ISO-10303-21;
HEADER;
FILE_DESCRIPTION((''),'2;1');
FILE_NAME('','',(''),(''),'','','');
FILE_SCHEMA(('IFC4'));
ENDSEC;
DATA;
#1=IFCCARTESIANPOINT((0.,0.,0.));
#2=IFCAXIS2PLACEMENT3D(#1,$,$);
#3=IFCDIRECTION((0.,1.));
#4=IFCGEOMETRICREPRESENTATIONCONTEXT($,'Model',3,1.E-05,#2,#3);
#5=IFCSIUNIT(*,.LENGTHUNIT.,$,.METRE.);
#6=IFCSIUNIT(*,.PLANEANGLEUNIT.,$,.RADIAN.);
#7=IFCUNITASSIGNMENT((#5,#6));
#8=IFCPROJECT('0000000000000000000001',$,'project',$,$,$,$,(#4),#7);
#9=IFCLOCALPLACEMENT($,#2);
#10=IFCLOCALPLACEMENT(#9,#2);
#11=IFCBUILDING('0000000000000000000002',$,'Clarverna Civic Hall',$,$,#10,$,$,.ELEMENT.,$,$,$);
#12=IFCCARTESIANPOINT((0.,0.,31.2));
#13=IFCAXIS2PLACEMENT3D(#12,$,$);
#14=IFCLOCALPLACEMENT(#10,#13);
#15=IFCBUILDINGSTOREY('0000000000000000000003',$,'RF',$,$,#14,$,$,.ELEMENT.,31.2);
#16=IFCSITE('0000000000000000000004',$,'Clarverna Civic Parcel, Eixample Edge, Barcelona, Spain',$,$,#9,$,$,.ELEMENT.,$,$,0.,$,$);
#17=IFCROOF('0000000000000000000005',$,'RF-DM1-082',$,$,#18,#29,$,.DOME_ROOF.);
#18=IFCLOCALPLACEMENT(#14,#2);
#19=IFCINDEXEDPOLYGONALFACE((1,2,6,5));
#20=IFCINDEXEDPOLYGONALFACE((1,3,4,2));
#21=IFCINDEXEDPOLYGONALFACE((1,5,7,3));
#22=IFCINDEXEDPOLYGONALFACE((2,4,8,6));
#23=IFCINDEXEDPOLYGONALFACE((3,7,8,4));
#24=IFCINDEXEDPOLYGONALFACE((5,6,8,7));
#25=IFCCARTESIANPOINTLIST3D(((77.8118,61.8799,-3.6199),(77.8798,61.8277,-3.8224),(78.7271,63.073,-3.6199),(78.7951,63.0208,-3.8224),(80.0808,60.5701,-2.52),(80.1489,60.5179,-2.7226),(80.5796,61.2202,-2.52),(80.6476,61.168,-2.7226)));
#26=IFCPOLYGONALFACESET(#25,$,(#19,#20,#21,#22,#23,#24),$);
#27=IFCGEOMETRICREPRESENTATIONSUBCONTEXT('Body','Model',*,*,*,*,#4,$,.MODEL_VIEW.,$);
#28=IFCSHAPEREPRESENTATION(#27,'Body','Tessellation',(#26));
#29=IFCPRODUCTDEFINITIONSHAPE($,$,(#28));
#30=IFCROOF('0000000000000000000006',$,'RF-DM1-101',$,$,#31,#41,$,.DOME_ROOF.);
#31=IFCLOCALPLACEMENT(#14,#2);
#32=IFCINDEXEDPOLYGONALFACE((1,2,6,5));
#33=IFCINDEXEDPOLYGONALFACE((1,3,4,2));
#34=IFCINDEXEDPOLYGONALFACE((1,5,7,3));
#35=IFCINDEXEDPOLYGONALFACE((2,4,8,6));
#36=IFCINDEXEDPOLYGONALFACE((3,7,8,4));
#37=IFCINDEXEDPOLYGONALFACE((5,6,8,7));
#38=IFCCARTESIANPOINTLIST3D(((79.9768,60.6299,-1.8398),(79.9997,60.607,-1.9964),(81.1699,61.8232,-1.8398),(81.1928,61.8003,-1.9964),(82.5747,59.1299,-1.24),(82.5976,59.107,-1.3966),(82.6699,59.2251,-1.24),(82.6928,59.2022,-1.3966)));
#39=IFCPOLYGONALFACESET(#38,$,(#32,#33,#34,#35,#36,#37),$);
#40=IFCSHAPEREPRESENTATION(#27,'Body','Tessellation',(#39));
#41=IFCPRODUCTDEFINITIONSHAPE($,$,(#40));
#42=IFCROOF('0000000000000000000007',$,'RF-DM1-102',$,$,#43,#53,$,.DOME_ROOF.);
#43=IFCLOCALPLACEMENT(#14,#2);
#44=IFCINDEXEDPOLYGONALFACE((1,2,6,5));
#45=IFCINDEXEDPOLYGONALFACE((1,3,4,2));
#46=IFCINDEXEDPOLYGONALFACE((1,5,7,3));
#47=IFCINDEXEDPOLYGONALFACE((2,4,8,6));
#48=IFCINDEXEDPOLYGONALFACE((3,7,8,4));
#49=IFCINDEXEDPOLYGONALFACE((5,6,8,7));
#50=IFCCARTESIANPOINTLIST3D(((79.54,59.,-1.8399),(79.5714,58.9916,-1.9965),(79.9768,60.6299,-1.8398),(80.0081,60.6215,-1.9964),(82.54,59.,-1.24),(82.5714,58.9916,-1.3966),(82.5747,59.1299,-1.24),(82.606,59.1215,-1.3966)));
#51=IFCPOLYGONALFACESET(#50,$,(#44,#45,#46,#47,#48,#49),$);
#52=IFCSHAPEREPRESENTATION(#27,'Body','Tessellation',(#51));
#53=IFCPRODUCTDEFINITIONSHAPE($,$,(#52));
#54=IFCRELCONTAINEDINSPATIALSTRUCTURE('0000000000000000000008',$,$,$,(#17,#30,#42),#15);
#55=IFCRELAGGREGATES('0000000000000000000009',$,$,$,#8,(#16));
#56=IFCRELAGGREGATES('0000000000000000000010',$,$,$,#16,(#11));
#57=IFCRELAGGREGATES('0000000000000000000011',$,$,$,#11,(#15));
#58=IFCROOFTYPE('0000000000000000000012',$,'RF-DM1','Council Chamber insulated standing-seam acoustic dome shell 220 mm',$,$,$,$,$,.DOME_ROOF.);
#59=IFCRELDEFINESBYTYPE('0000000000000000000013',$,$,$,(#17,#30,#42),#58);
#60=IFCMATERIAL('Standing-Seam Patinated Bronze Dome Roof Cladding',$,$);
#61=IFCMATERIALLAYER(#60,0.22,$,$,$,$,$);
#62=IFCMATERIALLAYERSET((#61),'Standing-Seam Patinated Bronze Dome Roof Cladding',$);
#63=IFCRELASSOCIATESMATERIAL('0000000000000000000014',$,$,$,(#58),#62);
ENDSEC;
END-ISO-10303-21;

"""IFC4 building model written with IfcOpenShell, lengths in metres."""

from ifc_helpers import new_model, si_unit, direction, frame, origin, place, context, subcontext, project, spatial, polyline, outline, extrude, material, layer, layer_set, type_object, element, save


model = new_model("IFC4")

# Units and contexts
model_context = context("Model", 3, precision=1e-05, world=origin(), true_north=direction((0.0, 1.0)))
body_context = subcontext(model_context, "Body", "Model", "MODEL_VIEW")
ifc_project = project(units=[si_unit("LENGTHUNIT", "METRE"), si_unit("PLANEANGLEUNIT", "RADIAN")], contexts=[model_context])

# Site, building, storey
site_placement = place(None, origin())
site = spatial("IfcSite", under=ifc_project, at=site_placement, Name="Clarverna Civic Parcel, Eixample Edge, Barcelona, Spain", CompositionType="ELEMENT", RefElevation=0.0)
building_placement = place(site_placement, origin())
building = spatial("IfcBuilding", under=site, at=building_placement, Name="Clarverna Civic Hall", CompositionType="ELEMENT")
storey_placement = place(building_placement, frame((0.0, 0.0, 31.2)))
storey = spatial("IfcBuildingStorey", under=building, at=storey_placement, Name="RF", CompositionType="ELEMENT", Elevation=31.2)

# Roofs
ifc_material_1 = material(Name="Standing-Seam Patinated Bronze Dome Roof Cladding")
ifc_layer_1 = layer(ifc_material_1, 0.22)
ifc_layer_set_1 = layer_set([ifc_layer_1], Name="Standing-Seam Patinated Bronze Dome Roof Cladding")
roof_type = type_object("IfcRoofType", Name="RF-DM1", Description="Council Chamber insulated standing-seam acoustic dome shell 220 mm", PredefinedType="DOME_ROOF", material=ifc_layer_set_1)
roof_1_placement = place(storey_placement, frame((78.7271, 63.073, -3.6199), z_axis=(-0.309359, 0.237325, 0.920855), x_axis=(-0.608668, -0.793425, 0.000003)))
element("IfcRoof", 1, at=roof_1_placement, inside=storey, type_object=roof_type, Name="RF-DM1-082", PredefinedType="DOME_ROOF", context=body_context, shape_type="SweptSolid", body=[
    extrude(outline(polyline([(0.0, 0.0), (1.5038, 0.0), (1.1619, 2.8208), (0.3425, 2.8208), (0.0, 0.0)])), origin(), (0.0, 0.0, -1.0), 0.22),
])
roof_2_placement = place(storey_placement, frame((81.1699, 61.8232, -1.8398), z_axis=(-0.143351, 0.143324, 0.979239), x_axis=(-0.707035, -0.707179, 0.000002)))
element("IfcRoof", 2, at=roof_2_placement, inside=storey, type_object=roof_type, Name="RF-DM1-101", PredefinedType="DOME_ROOF", context=body_context, shape_type="SweptSolid", body=[
    extrude(outline(polyline([(0.0, 0.0), (1.6875, 0.0), (0.9115, 2.9592), (0.7768, 2.9592), (0.0, 0.0)])), origin(), (0.0, 0.0, -1.0), 0.1599),
])
roof_3_placement = place(storey_placement, frame((79.9768, 60.6299, -1.8398), z_axis=(-0.195808, 0.052456, 0.979238), x_axis=(-0.258839, -0.96592, -0.000014)))
element("IfcRoof", 3, at=roof_3_placement, inside=storey, type_object=roof_type, Name="RF-DM1-102", PredefinedType="DOME_ROOF", context=body_context, shape_type="SweptSolid", body=[
    extrude(outline(polyline([(0.0, 0.0), (1.6874, 0.0), (0.9109, 2.9592), (0.7764, 2.9591), (0.0, 0.0)])), origin(), (0.0, 0.0, -1.0), 0.1599),
])

save(model, "model.ifc")
